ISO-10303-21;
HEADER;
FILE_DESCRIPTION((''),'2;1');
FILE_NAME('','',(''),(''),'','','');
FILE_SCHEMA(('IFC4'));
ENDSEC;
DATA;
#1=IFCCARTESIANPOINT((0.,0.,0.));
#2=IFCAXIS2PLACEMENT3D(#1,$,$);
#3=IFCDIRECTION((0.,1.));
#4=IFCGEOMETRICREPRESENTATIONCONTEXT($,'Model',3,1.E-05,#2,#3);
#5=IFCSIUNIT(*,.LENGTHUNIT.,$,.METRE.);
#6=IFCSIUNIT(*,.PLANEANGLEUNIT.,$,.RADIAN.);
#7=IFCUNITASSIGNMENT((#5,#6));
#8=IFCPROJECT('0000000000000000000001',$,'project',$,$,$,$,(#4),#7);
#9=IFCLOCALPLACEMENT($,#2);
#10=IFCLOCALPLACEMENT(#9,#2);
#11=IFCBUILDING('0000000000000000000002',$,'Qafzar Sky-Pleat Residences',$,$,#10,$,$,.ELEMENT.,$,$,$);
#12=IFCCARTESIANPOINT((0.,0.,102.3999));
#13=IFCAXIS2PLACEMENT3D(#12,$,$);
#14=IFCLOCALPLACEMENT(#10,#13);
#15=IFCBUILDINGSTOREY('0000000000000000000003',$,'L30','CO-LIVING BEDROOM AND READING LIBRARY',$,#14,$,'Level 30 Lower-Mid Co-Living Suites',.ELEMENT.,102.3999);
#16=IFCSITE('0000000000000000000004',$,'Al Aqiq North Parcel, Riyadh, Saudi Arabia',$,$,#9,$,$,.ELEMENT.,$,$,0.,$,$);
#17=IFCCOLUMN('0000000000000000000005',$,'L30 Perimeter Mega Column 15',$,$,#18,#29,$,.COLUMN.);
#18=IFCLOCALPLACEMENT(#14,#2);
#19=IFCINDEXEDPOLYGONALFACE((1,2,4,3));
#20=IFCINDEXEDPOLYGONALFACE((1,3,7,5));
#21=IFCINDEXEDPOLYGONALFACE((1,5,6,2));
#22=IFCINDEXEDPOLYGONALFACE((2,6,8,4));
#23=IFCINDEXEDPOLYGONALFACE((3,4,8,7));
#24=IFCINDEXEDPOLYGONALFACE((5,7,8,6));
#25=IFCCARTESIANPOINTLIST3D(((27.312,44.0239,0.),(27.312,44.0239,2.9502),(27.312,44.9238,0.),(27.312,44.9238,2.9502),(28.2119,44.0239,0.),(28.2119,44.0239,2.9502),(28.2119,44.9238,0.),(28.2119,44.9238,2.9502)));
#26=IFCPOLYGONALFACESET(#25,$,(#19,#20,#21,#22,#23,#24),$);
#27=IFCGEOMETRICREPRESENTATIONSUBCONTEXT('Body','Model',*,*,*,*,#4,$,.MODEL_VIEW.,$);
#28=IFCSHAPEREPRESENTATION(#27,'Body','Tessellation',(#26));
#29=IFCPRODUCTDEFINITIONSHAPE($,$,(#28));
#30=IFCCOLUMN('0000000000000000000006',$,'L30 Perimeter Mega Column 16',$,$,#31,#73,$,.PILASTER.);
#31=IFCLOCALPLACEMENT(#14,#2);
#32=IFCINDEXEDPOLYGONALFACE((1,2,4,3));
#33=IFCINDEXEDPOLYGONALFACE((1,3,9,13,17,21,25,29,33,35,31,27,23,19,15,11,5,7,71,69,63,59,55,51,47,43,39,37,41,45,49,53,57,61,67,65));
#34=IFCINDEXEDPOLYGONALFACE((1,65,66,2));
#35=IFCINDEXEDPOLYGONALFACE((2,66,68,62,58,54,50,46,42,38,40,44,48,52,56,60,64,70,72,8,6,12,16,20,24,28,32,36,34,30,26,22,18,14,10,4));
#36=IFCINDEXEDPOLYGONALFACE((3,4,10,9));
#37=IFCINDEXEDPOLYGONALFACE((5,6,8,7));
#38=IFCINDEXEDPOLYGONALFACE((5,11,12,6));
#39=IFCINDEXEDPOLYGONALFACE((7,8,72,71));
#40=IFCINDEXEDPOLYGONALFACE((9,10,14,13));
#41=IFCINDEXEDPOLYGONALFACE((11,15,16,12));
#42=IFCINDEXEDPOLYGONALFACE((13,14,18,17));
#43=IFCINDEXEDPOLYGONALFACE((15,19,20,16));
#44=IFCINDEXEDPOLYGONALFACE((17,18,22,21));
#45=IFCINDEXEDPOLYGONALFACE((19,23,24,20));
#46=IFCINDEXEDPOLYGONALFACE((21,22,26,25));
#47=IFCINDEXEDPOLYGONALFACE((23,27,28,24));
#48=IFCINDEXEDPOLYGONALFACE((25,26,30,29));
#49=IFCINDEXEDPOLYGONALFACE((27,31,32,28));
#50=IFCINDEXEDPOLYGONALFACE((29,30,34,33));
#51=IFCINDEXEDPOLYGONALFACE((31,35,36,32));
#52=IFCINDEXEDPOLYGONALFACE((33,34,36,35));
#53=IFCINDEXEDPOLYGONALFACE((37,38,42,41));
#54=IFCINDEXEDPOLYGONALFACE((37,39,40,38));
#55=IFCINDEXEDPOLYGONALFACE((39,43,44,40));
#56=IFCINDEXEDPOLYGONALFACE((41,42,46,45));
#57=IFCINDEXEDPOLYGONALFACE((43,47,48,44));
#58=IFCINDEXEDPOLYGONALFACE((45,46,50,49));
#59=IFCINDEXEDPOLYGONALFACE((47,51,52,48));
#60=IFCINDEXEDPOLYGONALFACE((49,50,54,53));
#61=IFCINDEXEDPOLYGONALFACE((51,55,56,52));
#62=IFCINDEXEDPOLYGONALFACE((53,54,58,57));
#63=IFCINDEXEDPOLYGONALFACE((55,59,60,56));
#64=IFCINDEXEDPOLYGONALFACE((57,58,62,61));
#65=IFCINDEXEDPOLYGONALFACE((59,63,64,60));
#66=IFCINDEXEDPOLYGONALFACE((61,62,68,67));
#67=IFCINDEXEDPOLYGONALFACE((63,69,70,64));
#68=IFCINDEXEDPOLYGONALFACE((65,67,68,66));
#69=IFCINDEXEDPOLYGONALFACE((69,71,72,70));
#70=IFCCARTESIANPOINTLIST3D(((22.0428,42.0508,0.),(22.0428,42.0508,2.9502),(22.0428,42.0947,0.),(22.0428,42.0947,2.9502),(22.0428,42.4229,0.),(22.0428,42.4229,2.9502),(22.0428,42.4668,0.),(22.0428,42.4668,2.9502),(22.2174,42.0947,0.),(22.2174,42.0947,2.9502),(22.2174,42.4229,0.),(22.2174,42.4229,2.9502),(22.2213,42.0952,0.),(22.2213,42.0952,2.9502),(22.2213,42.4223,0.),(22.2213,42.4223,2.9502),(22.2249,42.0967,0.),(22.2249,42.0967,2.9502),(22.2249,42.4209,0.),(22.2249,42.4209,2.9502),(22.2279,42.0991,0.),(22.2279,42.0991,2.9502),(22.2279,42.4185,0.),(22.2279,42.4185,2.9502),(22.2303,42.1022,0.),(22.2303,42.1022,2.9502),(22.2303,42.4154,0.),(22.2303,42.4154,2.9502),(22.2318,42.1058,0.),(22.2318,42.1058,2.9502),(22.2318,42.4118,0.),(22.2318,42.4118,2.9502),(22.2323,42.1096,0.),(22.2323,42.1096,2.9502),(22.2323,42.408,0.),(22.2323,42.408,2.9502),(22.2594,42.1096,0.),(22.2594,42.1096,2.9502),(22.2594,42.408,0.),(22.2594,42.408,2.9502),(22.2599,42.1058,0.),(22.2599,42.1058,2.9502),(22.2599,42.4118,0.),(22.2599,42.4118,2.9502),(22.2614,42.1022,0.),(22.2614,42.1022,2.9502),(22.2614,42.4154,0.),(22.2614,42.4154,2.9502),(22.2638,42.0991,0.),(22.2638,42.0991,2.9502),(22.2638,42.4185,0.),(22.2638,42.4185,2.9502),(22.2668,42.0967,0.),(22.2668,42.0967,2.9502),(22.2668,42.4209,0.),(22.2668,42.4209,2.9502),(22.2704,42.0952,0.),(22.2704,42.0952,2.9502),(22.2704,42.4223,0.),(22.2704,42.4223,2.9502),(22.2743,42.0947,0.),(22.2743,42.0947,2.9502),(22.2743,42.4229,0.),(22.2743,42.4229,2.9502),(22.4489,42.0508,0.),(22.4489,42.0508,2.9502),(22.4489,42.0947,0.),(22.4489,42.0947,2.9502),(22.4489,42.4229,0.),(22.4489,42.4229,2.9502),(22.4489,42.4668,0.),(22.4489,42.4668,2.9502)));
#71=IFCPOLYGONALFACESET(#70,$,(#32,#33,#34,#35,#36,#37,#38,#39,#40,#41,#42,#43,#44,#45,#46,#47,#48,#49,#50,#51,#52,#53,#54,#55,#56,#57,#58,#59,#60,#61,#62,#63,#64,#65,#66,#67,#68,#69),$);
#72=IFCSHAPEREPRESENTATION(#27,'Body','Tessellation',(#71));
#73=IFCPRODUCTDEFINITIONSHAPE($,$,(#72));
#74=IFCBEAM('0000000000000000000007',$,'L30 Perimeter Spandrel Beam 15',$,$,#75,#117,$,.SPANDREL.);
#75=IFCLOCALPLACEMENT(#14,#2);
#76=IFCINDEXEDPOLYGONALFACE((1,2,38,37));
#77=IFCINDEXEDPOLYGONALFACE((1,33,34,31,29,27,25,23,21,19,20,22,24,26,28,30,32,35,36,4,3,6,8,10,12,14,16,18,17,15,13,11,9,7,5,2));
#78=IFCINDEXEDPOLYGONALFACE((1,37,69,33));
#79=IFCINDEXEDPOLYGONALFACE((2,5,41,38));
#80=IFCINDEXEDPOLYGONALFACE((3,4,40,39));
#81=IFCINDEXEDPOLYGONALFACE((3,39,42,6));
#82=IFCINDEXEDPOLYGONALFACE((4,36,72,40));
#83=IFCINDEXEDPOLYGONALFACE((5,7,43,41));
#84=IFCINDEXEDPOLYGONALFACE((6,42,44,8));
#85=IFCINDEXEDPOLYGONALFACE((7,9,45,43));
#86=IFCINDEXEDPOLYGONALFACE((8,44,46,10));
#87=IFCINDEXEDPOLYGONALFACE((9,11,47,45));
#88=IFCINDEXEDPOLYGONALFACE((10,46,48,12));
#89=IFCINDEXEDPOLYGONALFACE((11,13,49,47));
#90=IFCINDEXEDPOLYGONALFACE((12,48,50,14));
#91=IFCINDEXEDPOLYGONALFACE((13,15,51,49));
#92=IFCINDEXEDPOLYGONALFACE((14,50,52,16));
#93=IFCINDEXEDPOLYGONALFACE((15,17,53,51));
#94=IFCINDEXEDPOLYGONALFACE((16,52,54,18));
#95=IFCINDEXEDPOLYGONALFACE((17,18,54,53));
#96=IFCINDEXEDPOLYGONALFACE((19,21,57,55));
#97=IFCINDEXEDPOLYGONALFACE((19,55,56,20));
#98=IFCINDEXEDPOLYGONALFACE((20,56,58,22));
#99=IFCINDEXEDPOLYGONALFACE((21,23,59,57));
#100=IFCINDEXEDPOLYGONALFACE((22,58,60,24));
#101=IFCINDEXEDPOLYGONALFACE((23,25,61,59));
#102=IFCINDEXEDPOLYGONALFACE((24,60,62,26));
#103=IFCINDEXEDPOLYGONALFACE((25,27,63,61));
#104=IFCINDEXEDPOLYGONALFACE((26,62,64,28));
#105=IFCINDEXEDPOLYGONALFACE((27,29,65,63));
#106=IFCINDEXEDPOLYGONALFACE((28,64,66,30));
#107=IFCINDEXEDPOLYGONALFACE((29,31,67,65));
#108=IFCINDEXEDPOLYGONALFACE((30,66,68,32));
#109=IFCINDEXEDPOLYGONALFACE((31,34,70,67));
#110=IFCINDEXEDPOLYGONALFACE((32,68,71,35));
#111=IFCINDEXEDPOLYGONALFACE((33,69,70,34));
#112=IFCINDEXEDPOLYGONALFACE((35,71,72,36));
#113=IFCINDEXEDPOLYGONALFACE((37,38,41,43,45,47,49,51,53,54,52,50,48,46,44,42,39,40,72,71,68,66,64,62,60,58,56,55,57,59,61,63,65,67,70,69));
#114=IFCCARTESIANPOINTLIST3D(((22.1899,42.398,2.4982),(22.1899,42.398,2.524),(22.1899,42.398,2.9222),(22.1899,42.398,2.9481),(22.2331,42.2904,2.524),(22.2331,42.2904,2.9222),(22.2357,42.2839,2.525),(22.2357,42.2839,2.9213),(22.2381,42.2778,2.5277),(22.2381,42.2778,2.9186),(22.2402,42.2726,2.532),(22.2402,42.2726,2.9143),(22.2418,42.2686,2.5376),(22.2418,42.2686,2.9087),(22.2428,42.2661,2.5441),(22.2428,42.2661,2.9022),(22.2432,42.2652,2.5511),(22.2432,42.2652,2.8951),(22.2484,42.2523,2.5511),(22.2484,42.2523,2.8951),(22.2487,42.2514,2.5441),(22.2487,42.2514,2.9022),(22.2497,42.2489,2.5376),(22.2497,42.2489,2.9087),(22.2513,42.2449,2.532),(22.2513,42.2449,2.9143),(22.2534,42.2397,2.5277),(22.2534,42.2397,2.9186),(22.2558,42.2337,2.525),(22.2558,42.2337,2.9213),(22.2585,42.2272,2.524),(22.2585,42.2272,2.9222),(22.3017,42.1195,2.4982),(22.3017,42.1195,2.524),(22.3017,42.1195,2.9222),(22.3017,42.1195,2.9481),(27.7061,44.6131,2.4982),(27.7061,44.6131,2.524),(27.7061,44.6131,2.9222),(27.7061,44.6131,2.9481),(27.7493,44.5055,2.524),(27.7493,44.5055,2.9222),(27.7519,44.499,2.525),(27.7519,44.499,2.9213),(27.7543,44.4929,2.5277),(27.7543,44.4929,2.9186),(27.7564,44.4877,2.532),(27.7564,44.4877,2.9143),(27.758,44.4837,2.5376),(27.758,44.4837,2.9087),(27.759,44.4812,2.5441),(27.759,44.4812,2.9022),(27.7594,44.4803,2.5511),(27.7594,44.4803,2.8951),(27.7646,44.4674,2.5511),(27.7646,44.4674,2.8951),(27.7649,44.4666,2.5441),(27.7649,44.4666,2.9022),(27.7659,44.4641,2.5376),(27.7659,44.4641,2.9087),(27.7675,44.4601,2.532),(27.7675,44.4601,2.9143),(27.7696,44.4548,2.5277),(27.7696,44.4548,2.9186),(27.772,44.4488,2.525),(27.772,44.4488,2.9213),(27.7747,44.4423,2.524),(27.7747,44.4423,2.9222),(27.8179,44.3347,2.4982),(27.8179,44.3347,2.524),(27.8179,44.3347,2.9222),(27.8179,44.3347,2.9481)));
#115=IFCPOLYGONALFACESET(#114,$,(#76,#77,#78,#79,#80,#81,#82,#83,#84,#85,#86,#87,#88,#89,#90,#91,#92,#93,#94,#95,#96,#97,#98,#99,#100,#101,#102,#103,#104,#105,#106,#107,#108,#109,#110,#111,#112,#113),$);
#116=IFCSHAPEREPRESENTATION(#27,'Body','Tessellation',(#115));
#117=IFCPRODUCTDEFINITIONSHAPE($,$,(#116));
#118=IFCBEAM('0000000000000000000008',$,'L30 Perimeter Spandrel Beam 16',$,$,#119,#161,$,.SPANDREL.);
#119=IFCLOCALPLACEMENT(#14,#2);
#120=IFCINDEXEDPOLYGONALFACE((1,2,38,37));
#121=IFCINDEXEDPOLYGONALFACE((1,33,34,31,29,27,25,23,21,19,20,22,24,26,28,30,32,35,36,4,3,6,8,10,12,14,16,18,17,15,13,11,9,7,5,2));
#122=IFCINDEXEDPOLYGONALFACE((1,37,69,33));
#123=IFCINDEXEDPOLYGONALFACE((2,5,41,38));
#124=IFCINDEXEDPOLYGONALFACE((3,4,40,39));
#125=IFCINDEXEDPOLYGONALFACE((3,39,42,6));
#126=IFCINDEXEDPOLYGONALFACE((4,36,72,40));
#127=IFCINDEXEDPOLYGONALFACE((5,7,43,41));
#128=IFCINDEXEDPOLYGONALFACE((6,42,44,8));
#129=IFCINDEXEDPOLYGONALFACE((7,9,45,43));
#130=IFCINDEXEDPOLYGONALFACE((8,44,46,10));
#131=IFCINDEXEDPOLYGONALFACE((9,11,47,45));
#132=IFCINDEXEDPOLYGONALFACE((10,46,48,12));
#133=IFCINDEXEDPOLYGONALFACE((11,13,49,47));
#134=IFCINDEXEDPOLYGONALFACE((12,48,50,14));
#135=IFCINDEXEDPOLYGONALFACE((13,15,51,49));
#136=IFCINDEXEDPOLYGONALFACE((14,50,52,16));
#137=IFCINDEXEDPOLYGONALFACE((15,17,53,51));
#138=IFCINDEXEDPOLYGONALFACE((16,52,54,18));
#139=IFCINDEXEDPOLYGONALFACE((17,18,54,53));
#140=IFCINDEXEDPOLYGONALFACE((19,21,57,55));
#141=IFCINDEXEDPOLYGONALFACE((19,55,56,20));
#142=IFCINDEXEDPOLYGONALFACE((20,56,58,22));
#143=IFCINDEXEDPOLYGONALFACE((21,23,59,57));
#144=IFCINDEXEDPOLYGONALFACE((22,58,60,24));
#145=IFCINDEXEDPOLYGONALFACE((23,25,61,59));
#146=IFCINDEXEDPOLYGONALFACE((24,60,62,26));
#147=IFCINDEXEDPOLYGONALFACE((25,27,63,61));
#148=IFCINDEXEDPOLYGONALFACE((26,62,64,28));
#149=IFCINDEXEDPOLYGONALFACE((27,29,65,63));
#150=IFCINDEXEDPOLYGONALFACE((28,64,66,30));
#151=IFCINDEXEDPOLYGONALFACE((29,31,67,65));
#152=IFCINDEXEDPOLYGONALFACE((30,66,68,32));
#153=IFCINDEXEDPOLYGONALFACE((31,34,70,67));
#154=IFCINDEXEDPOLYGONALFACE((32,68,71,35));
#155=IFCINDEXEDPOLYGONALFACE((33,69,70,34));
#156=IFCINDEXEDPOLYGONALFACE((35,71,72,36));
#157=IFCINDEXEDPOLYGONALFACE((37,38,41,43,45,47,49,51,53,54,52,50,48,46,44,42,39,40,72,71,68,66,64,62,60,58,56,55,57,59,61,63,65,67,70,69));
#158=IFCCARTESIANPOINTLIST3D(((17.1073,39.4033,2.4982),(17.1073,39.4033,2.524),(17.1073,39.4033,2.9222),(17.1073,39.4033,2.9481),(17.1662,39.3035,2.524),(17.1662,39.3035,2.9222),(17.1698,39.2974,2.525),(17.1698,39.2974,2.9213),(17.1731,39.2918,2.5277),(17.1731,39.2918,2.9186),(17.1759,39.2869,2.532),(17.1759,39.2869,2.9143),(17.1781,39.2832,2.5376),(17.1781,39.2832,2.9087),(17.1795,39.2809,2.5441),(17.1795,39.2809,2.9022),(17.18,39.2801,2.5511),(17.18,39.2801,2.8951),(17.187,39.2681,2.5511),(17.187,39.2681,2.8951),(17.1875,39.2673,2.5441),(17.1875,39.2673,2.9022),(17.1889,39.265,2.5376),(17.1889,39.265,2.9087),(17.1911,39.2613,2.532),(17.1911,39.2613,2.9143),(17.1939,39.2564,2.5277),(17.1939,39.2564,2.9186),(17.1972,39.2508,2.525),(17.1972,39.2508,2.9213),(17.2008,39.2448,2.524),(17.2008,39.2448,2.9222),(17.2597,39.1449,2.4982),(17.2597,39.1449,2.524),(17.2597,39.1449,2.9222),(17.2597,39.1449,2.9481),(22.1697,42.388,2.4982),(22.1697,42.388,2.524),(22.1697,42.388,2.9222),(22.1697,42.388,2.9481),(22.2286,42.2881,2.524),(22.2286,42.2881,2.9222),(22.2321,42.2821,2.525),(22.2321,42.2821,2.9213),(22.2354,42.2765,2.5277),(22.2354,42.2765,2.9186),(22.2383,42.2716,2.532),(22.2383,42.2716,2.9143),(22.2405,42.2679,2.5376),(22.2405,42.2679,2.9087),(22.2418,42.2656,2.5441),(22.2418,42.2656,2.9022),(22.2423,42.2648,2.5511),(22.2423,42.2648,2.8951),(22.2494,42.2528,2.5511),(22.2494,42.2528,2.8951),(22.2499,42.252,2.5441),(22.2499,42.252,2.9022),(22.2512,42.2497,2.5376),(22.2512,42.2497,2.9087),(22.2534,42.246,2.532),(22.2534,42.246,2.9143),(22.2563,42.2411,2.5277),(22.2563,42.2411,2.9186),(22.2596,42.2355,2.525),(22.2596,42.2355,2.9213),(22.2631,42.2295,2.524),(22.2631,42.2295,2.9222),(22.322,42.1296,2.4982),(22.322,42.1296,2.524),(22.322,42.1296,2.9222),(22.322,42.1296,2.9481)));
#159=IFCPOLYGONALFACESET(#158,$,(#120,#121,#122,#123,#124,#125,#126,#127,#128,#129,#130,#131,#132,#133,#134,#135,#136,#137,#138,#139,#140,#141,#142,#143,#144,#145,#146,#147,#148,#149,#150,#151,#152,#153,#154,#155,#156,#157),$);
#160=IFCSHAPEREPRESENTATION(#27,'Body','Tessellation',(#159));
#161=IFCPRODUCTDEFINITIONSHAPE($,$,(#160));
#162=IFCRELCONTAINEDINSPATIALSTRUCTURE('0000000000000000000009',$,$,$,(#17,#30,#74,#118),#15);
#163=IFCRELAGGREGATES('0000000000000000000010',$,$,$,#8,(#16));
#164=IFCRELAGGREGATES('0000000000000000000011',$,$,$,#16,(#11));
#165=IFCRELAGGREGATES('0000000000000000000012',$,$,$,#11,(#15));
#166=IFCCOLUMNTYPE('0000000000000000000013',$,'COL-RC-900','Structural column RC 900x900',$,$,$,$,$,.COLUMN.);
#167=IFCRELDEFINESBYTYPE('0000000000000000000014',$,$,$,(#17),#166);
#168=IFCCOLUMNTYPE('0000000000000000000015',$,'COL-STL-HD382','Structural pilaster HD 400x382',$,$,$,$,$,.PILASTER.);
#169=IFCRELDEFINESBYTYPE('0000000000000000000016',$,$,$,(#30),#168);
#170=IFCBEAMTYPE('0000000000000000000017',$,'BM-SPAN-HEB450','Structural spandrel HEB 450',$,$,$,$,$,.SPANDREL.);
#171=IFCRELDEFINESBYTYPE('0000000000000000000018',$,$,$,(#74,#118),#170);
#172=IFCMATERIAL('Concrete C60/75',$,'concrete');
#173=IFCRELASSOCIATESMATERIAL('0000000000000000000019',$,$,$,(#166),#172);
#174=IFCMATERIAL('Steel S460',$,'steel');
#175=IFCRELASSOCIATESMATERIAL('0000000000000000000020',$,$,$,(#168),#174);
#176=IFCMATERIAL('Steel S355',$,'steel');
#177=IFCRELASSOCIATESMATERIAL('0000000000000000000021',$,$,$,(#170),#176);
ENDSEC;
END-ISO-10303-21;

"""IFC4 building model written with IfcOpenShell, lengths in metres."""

from ifc_helpers import new_model, si_unit, direction, frame, origin, origin_2d, place, context, subcontext, project, spatial, rectangle, i_section, extrude, source, transform, mapped, material, material_profile, profile_set, type_object, element, save


model = new_model("IFC4")

# Units and contexts
model_context = context("Model", 3, precision=1e-05, world=origin(), true_north=direction((0.0, 1.0)))
body_context = subcontext(model_context, "Body", "Model", "MODEL_VIEW")
ifc_project = project(units=[si_unit("LENGTHUNIT", "METRE"), si_unit("PLANEANGLEUNIT", "RADIAN")], contexts=[model_context])

# Site, building, storey
site_placement = place(None, origin())
site = spatial("IfcSite", under=ifc_project, at=site_placement, Name="Al Aqiq North Parcel, Riyadh, Saudi Arabia", CompositionType="ELEMENT", RefElevation=0.0)
building_placement = place(site_placement, origin())
building = spatial("IfcBuilding", under=site, at=building_placement, Name="Qafzar Sky-Pleat Residences", CompositionType="ELEMENT")
storey_placement = place(building_placement, frame((0.0, 0.0, 102.3999)))
storey = spatial("IfcBuildingStorey", under=building, at=storey_placement, Name="L30", Description="CO-LIVING BEDROOM AND READING LIBRARY", LongName="Level 30 Lower-Mid Co-Living Suites", CompositionType="ELEMENT", Elevation=102.3999)

# Columns
ifc_material_1 = material(Name="Concrete C60/75", Category="concrete")
ifc_material_profile_1 = material_profile(ifc_material_1, rectangle(XDim=0.8999, YDim=0.8999, at=origin_2d()), Name="RC 900x900")
ifc_profile_set_1 = profile_set([ifc_material_profile_1], Name="Concrete C60/75")
column_type_1 = type_object("IfcColumnType", Name="COL-RC-900", Description="Structural column RC 900x900", PredefinedType="COLUMN", material=ifc_profile_set_1)
shared_shape_1 = source(origin(), body_context, "Body", "SweptSolid", [
    extrude(rectangle(XDim=0.8999, YDim=0.8999, at=origin_2d()), origin(), (0.0, 0.0, 1.0), 2.9502),
])
column_1_placement = place(storey_placement, frame((27.762, 44.4739, 0.0), z_axis=(0.0, 0.0, 1.0), x_axis=(1.0, 0.0, 0.0)))
element("IfcColumn", 1, at=column_1_placement, inside=storey, type_object=column_type_1, Name="L30 Perimeter Mega Column 15", PredefinedType="COLUMN", context=body_context, shape_type="MappedRepresentation", body=[
    mapped(shared_shape_1, transform((0.0, 0.0, 0.0), x_axis=(1.0, 0.0, 0.0), y_axis=(0.0, 1.0, 0.0), z_axis=(0.0, 0.0, 1.0), scale=1.0)),
])
ifc_material_2 = material(Name="Steel S460", Category="steel")
ifc_material_profile_2 = material_profile(ifc_material_2, i_section(OverallWidth=0.406, OverallDepth=0.416, WebThickness=0.0271, FlangeThickness=0.0439, FilletRadius=0.0149, at=origin_2d()), Name="HD 400x382")
ifc_profile_set_2 = profile_set([ifc_material_profile_2], Name="Steel S460")
column_type_2 = type_object("IfcColumnType", Name="COL-STL-HD382", Description="Structural pilaster HD 400x382", PredefinedType="PILASTER", material=ifc_profile_set_2)
shared_shape_2 = source(origin(), body_context, "Body", "SweptSolid", [
    extrude(i_section(OverallWidth=0.406, OverallDepth=0.416, WebThickness=0.0271, FlangeThickness=0.0439, FilletRadius=0.0149, at=origin_2d()), origin(), (0.0, 0.0, 1.0), 2.9502),
])
column_2_placement = place(storey_placement, frame((22.2458, 42.2588, 0.0), z_axis=(0.0, 0.0, 1.0), x_axis=(1.0, 0.0, 0.0)))
element("IfcColumn", 2, at=column_2_placement, inside=storey, type_object=column_type_2, Name="L30 Perimeter Mega Column 16", PredefinedType="PILASTER", context=body_context, shape_type="MappedRepresentation", body=[
    mapped(shared_shape_2, transform((0.0, 0.0, 0.0), x_axis=(1.0, 0.0, 0.0), y_axis=(0.0, 1.0, 0.0), z_axis=(0.0, 0.0, 1.0), scale=1.0)),
])

# Beams
ifc_material_3 = material(Name="Steel S355", Category="steel")
ifc_material_profile_3 = material_profile(ifc_material_3, i_section(OverallWidth=0.3, OverallDepth=0.45, WebThickness=0.0139, FlangeThickness=0.0259, FilletRadius=0.0271, at=origin_2d()), Name="HEB 450")
ifc_profile_set_3 = profile_set([ifc_material_profile_3], Name="Steel S355")
beam_type_1 = type_object("IfcBeamType", Name="BM-SPAN-HEB450", Description="Structural spandrel HEB 450", PredefinedType="SPANDREL", material=ifc_profile_set_3)
shared_shape_3 = source(origin(), body_context, "Body", "SweptSolid", [
    extrude(i_section(OverallWidth=0.3, OverallDepth=0.45, WebThickness=0.0139, FlangeThickness=0.0259, FilletRadius=0.0271, at=origin_2d()), origin(), (0.0, 0.0, 1.0), 5.9443),
])
beam_1_placement = place(storey_placement, frame((27.762, 44.4739, 2.7231), z_axis=(-0.927974, -0.372644, 0.0), x_axis=(0.372644, -0.927974, 0.0)))
element("IfcBeam", 3, at=beam_1_placement, inside=storey, type_object=beam_type_1, Name="L30 Perimeter Spandrel Beam 15", PredefinedType="SPANDREL", context=body_context, shape_type="MappedRepresentation", body=[
    mapped(shared_shape_3, transform((0.0, 0.0, 0.0), x_axis=(1.0, 0.0, 0.0), y_axis=(0.0, 1.0, 0.0), z_axis=(0.0, 0.0, 1.0), scale=1.0)),
])
shared_shape_4 = source(origin(), body_context, "Body", "SweptSolid", [
    extrude(i_section(OverallWidth=0.3, OverallDepth=0.45, WebThickness=0.0139, FlangeThickness=0.0259, FilletRadius=0.0271, at=origin_2d()), origin(), (0.0, 0.0, 1.0), 5.8767),
])
beam_2_placement = place(storey_placement, frame((22.2458, 42.2588, 2.7231), z_axis=(-0.861426, -0.507882, 0.0), x_axis=(0.507882, -0.861426, 0.0)))
element("IfcBeam", 4, at=beam_2_placement, inside=storey, type_object=beam_type_1, Name="L30 Perimeter Spandrel Beam 16", PredefinedType="SPANDREL", context=body_context, shape_type="MappedRepresentation", body=[
    mapped(shared_shape_4, transform((0.0, 0.0, 0.0), x_axis=(1.0, 0.0, 0.0), y_axis=(0.0, 1.0, 0.0), z_axis=(0.0, 0.0, 1.0), scale=1.0)),
])

save(model, "model.ifc")
